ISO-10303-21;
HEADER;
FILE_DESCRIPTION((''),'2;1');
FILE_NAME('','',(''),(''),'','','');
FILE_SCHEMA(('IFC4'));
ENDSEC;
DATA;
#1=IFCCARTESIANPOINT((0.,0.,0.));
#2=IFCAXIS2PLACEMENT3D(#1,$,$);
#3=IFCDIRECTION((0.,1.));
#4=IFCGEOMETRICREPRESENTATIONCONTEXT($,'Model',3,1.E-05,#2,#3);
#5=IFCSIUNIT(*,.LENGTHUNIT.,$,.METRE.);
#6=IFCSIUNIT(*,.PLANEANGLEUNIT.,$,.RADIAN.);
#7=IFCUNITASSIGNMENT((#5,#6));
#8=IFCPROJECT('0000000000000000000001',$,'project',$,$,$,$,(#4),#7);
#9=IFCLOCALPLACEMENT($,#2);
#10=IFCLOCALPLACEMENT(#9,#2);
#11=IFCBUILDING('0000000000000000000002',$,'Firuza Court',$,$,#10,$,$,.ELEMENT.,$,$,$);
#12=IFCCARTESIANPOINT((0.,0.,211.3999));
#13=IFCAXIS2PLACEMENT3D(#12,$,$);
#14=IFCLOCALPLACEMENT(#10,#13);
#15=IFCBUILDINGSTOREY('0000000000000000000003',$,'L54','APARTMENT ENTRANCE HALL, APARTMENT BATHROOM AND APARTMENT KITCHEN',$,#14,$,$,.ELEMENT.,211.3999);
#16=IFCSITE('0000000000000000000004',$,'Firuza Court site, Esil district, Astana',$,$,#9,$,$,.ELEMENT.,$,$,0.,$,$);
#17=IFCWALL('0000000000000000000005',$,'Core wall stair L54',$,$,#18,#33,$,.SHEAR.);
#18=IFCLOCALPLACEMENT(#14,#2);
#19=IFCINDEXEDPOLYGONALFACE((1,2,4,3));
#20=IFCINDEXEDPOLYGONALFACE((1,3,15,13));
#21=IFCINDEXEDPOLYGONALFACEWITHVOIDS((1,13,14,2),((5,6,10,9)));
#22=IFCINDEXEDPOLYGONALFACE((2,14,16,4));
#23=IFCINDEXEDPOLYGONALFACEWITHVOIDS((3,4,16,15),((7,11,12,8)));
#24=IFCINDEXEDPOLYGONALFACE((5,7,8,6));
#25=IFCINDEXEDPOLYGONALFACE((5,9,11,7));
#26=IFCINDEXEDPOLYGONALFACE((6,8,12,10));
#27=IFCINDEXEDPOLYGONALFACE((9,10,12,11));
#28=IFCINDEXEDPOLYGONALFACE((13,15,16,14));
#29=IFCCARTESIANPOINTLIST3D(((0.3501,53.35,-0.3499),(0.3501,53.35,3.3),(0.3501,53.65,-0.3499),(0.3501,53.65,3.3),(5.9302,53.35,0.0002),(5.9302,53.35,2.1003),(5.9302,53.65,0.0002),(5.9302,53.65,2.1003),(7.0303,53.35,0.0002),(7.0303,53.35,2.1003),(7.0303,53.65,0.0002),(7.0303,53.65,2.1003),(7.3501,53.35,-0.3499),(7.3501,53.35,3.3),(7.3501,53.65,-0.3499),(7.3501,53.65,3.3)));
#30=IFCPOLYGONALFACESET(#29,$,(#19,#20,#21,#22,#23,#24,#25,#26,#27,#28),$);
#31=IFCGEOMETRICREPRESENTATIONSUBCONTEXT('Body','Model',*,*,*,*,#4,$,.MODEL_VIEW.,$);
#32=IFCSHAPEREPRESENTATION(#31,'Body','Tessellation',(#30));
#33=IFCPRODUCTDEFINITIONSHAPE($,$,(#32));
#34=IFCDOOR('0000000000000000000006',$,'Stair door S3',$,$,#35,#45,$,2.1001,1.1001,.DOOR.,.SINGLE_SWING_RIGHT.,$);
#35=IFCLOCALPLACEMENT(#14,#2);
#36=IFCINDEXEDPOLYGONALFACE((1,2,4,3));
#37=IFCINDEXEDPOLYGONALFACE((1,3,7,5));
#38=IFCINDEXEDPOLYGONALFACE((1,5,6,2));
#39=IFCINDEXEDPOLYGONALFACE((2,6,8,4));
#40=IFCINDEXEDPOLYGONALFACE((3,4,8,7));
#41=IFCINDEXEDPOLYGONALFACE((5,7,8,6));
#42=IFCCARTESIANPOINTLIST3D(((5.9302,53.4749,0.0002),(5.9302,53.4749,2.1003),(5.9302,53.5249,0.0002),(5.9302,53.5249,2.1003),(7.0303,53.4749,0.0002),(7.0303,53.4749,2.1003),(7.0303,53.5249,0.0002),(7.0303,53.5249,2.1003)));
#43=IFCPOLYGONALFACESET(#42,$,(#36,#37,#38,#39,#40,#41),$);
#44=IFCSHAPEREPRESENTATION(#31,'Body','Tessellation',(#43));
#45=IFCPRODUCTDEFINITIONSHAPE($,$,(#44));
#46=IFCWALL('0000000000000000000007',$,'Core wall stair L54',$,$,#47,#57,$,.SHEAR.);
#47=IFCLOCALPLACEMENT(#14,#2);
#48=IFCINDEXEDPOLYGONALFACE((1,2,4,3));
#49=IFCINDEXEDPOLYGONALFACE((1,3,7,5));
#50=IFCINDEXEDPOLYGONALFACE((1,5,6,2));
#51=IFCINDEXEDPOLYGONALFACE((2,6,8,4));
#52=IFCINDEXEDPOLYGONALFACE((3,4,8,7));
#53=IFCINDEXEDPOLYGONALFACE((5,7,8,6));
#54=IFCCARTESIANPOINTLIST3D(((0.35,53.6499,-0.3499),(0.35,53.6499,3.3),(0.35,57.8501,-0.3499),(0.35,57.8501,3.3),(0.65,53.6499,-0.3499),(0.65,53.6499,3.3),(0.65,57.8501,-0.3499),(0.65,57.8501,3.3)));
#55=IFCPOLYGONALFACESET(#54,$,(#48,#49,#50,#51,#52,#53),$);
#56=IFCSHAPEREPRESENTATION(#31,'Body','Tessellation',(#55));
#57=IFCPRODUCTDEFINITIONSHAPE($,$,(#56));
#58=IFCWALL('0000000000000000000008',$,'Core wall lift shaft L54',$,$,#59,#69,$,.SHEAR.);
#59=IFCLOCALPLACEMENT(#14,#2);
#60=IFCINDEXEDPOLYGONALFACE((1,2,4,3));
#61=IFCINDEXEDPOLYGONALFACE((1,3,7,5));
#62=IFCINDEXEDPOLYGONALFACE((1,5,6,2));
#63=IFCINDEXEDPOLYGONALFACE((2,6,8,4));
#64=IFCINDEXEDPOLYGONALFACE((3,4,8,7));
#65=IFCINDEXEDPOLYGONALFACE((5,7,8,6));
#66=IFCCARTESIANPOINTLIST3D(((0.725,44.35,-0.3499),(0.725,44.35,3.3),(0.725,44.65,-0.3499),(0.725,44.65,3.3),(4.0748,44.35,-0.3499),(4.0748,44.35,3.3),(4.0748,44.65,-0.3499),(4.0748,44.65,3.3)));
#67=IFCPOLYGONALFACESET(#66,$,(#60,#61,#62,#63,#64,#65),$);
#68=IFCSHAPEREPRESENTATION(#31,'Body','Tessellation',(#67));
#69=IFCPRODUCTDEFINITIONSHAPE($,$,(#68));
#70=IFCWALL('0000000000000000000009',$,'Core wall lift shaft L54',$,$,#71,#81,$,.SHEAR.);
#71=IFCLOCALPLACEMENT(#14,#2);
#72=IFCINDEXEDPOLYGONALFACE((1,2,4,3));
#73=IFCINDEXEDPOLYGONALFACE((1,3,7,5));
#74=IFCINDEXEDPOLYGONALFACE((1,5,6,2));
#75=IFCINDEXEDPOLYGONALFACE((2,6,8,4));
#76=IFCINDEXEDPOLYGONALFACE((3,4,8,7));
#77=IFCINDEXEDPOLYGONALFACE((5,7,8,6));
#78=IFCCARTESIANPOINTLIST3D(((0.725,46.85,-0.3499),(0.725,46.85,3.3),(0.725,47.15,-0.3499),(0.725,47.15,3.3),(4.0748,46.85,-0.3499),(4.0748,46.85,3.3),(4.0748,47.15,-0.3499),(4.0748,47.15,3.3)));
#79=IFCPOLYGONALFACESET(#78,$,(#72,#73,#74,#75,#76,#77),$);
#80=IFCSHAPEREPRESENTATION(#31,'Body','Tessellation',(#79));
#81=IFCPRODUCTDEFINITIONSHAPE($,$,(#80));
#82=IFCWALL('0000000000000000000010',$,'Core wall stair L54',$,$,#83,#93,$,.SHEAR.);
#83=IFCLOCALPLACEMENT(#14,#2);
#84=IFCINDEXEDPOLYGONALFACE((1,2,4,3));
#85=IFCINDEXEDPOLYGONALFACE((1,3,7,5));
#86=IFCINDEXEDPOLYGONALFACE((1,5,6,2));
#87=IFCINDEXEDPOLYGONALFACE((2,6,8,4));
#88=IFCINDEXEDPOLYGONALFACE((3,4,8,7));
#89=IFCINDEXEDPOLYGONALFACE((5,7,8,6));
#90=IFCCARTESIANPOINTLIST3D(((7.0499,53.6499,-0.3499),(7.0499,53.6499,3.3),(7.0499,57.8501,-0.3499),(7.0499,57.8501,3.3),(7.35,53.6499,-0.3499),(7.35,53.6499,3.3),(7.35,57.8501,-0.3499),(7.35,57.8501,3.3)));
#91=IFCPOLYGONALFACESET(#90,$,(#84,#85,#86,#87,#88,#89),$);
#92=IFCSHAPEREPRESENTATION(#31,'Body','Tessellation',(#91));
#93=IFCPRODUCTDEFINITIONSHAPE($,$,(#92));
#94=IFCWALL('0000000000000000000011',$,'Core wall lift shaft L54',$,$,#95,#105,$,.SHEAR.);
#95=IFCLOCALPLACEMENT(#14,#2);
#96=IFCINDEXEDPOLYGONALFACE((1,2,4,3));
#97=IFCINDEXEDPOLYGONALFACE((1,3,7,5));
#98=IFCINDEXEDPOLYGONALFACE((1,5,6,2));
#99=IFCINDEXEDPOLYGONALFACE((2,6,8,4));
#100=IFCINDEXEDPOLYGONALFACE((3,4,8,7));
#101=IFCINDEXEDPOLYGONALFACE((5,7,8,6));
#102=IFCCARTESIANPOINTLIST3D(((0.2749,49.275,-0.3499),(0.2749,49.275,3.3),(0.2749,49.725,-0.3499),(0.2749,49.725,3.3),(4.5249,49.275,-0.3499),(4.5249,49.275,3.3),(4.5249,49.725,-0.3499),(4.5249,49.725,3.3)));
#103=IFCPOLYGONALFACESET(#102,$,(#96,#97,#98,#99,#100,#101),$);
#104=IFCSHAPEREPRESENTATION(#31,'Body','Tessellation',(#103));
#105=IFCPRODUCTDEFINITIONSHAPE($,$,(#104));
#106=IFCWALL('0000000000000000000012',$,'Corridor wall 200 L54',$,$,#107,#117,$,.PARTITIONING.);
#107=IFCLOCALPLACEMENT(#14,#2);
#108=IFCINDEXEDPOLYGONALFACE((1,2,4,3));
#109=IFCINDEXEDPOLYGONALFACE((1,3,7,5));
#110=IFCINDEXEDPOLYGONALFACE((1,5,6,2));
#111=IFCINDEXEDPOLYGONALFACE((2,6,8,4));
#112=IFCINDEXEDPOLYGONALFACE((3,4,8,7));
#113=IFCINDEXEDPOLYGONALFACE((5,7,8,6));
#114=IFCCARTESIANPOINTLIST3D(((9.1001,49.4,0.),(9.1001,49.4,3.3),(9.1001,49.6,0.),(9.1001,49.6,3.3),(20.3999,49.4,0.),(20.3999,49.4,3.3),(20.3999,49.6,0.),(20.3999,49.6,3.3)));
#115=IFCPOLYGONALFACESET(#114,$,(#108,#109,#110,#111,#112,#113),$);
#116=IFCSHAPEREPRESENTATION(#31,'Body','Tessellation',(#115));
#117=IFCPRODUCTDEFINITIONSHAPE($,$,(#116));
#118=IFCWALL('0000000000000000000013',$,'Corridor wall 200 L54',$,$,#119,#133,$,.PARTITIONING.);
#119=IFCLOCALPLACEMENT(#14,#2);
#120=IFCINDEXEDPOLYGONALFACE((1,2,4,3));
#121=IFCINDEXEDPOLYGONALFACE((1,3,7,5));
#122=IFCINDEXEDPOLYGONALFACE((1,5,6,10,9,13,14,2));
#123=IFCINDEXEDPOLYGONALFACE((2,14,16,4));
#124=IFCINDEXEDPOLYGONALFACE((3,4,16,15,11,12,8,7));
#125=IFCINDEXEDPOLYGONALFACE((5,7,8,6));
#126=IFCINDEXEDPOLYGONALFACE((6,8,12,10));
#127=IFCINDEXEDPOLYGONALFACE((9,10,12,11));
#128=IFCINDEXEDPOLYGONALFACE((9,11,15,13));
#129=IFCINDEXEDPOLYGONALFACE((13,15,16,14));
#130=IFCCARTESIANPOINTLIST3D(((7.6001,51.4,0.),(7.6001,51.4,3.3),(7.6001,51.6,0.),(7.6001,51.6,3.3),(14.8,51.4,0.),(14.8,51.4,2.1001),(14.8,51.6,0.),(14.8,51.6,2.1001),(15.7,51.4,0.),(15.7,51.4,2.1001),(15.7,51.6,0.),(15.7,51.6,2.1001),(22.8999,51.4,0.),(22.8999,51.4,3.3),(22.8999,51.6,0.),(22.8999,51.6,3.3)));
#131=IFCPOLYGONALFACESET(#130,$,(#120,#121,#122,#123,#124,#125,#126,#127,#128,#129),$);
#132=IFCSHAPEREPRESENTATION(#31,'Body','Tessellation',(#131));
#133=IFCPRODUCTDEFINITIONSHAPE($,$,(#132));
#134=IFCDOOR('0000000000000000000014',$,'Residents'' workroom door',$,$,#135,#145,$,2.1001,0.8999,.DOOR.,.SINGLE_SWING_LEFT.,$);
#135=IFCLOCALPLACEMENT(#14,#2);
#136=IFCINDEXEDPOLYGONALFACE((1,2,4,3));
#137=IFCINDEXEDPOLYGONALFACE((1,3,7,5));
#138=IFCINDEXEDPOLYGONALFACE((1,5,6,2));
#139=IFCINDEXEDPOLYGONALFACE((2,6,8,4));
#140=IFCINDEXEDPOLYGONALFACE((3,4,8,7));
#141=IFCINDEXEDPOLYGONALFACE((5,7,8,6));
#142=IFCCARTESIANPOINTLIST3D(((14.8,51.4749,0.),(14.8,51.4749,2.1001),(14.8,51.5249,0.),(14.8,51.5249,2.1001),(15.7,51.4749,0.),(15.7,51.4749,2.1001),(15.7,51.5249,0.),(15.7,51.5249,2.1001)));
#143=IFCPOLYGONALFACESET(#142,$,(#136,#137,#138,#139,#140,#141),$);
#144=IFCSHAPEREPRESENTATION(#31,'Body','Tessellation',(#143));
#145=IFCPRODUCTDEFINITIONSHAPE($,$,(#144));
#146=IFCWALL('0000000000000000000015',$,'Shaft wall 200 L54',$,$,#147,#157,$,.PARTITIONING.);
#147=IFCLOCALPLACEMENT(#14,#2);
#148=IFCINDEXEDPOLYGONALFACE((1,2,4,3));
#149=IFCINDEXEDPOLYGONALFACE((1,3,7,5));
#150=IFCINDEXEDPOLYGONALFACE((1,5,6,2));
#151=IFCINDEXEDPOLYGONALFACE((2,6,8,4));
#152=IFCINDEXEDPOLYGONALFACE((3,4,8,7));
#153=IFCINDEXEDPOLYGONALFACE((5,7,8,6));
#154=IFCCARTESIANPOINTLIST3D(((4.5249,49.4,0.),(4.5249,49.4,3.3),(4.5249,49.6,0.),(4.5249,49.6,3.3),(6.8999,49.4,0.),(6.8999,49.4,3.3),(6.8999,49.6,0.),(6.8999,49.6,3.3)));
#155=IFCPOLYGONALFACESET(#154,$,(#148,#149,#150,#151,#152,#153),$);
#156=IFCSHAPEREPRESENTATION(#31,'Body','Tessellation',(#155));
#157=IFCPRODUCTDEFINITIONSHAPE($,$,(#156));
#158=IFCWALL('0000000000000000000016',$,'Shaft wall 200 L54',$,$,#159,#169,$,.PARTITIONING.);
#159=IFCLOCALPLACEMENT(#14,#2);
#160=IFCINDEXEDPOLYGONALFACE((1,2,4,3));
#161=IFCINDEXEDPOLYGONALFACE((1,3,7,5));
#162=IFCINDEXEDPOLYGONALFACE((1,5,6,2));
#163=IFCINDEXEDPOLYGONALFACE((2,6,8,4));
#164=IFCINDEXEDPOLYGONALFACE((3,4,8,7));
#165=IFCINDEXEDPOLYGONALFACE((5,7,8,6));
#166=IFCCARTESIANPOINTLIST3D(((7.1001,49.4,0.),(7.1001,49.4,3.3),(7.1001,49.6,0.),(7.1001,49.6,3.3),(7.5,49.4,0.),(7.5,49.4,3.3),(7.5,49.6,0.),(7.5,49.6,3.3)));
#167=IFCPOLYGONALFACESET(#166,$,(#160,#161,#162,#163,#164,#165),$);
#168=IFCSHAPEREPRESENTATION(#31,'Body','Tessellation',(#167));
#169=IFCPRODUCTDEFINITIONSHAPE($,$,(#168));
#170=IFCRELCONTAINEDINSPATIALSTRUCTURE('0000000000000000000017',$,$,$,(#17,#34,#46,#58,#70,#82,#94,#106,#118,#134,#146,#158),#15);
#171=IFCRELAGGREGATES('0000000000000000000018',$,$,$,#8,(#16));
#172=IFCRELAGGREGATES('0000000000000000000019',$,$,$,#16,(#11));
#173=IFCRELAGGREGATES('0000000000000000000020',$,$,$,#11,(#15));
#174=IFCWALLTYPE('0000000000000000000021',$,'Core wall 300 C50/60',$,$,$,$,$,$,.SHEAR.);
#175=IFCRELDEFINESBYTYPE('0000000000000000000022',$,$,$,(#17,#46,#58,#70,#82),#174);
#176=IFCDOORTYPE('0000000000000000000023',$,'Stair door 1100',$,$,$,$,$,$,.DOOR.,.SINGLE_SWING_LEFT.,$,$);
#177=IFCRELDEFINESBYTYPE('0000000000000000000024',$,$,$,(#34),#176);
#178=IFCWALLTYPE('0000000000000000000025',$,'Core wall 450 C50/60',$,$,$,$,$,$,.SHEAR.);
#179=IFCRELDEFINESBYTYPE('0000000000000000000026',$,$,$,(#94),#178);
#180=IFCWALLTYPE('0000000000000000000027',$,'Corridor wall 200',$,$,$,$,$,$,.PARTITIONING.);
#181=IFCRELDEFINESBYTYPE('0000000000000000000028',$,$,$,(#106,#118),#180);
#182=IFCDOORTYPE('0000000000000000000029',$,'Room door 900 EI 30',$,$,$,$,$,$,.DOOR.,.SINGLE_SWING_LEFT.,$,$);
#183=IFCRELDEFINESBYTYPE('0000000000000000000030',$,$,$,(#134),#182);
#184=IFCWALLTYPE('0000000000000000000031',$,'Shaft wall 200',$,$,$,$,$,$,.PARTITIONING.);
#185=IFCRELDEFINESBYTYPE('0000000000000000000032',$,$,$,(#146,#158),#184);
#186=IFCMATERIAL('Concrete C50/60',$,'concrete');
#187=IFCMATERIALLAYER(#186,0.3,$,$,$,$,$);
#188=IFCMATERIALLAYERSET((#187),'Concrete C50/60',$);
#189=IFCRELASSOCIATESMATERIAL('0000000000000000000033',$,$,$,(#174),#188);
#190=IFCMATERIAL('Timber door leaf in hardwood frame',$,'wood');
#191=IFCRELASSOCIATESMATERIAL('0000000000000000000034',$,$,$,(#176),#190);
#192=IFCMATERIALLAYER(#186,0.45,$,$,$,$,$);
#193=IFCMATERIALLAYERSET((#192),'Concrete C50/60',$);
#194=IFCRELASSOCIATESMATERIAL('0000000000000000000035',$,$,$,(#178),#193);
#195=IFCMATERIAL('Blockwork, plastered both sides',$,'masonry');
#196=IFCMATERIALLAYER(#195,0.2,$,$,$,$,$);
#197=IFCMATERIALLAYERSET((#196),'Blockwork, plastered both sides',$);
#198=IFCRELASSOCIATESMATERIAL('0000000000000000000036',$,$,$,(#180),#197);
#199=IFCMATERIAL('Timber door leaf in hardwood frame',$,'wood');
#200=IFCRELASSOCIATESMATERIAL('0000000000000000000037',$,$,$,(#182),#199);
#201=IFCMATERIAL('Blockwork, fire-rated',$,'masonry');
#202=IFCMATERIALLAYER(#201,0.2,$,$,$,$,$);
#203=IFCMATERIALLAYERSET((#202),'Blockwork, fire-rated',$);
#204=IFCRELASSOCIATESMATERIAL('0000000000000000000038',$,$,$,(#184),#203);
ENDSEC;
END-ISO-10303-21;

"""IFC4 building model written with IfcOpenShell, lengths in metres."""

from ifc_helpers import new_model, si_unit, direction, frame, frame_2d, origin, place, context, subcontext, project, spatial, rectangle, extrude, material, layer, layer_set, type_object, element, fill, save


model = new_model("IFC4")

# Units and contexts
model_context = context("Model", 3, precision=1e-05, world=origin(), true_north=direction((0.0, 1.0)))
body_context = subcontext(model_context, "Body", "Model", "MODEL_VIEW")
ifc_project = project(units=[si_unit("LENGTHUNIT", "METRE"), si_unit("PLANEANGLEUNIT", "RADIAN")], contexts=[model_context])

# Site, building, storey
site_placement = place(None, origin())
site = spatial("IfcSite", under=ifc_project, at=site_placement, Name="Firuza Court site, Esil district, Astana", CompositionType="ELEMENT", RefElevation=0.0)
building_placement = place(site_placement, origin())
building = spatial("IfcBuilding", under=site, at=building_placement, Name="Firuza Court", CompositionType="ELEMENT")
storey_placement = place(building_placement, frame((0.0, 0.0, 211.3999)))
storey = spatial("IfcBuildingStorey", under=building, at=storey_placement, Name="L54", Description="APARTMENT ENTRANCE HALL, APARTMENT BATHROOM AND APARTMENT KITCHEN", CompositionType="ELEMENT", Elevation=211.3999)

# Wall, opening, door
ifc_material_1 = material(Name="Concrete C50/60", Category="concrete")
ifc_layer_1 = layer(ifc_material_1, 0.3)
ifc_layer_set_1 = layer_set([ifc_layer_1], Name="Concrete C50/60")
wall_type_1 = type_object("IfcWallType", Name="Core wall 300 C50/60", PredefinedType="SHEAR", material=ifc_layer_set_1)
wall_1_placement = place(storey_placement, frame((0.3501, 53.5, -0.3499), z_axis=(0.0, 0.0, 1.0), x_axis=(1.0, 0.0, 0.0)))
wall_1 = element("IfcWall", 1, at=wall_1_placement, inside=storey, type_object=wall_type_1, Name="Core wall stair L54", PredefinedType="SHEAR", context=body_context, shape_type="SweptSolid", body=[
    extrude(rectangle(XDim=7.0, YDim=0.3, at=frame_2d((3.5, 0.0))), origin(), (0.0, 0.0, 1.0), 3.6499),
])
opening_1_placement = place(wall_1_placement, frame((5.5801, 0.0, 0.3501)))
opening_1 = element("IfcOpeningElement", 2, at=opening_1_placement, cuts=wall_1, PredefinedType="OPENING", context=body_context, shape_type="SweptSolid", body=[
    extrude(rectangle(XDim=1.1001, YDim=2.1001, at=frame_2d((0.55, 1.05))), frame((0.0, 0.1621, 0.0), z_axis=(0.0, -1.0, 0.0), x_axis=(1.0, 0.0, 0.0)), (0.0, 0.0, 1.0), 0.324),
])
ifc_material_2 = material(Name="Timber door leaf in hardwood frame", Category="wood")
door_type_1 = type_object("IfcDoorType", Name="Stair door 1100", OperationType="SINGLE_SWING_LEFT", PredefinedType="DOOR", material=ifc_material_2)
door_1_placement = place(opening_1_placement, origin())
door_1 = element("IfcDoor", 3, at=door_1_placement, inside=storey, type_object=door_type_1, Name="Stair door S3", OperationType="SINGLE_SWING_RIGHT", OverallHeight=2.1001, OverallWidth=1.1001, PredefinedType="DOOR", context=body_context, shape_type="SweptSolid", body=[
    extrude(rectangle(XDim=1.1001, YDim=2.1001, at=frame_2d((0.55, 1.05))), frame((0.0, 0.0249, 0.0), z_axis=(0.0, -1.0, 0.0), x_axis=(1.0, 0.0, 0.0)), (0.0, 0.0, 1.0), 0.05),
])
fill(opening_1, door_1)

# Walls
wall_2_placement = place(storey_placement, frame((0.5, 53.6499, -0.3499), z_axis=(0.0, 0.0, 1.0), x_axis=(0.0, 1.0, 0.0)))
element("IfcWall", 4, at=wall_2_placement, inside=storey, type_object=wall_type_1, Name="Core wall stair L54", PredefinedType="SHEAR", context=body_context, shape_type="SweptSolid", body=[
    extrude(rectangle(XDim=4.2002, YDim=0.3, at=frame_2d((2.1001, 0.0))), origin(), (0.0, 0.0, 1.0), 3.6499),
])
for number, where, z_axis, x_axis, name in (
    (5, (0.7251, 44.5, -0.3499), (0.0, 0.0, 1.0), (1.0, 0.0, 0.0), "Core wall lift shaft L54"),
    (6, (0.7251, 47.0, -0.3499), (0.0, 0.0, 1.0), (1.0, 0.0, 0.0), "Core wall lift shaft L54"),
):
    element("IfcWall", number, at=place(storey_placement, frame(where, z_axis=z_axis, x_axis=x_axis)), inside=storey, type_object=wall_type_1, Name=name, PredefinedType="SHEAR", context=body_context, shape_type="SweptSolid", body=[
        extrude(rectangle(XDim=3.3499, YDim=0.3, at=frame_2d((1.6748, 0.0))), origin(), (0.0, 0.0, 1.0), 3.6499),
    ])
wall_3_placement = place(storey_placement, frame((7.2, 53.6499, -0.3499), z_axis=(0.0, 0.0, 1.0), x_axis=(0.0, 1.0, 0.0)))
element("IfcWall", 7, at=wall_3_placement, inside=storey, type_object=wall_type_1, Name="Core wall stair L54", PredefinedType="SHEAR", context=body_context, shape_type="SweptSolid", body=[
    extrude(rectangle(XDim=4.2002, YDim=0.3, at=frame_2d((2.1001, 0.0))), origin(), (0.0, 0.0, 1.0), 3.6499),
])
ifc_layer_2 = layer(ifc_material_1, 0.45)
ifc_layer_set_2 = layer_set([ifc_layer_2], Name="Concrete C50/60")
wall_type_2 = type_object("IfcWallType", Name="Core wall 450 C50/60", PredefinedType="SHEAR", material=ifc_layer_set_2)
wall_4_placement = place(storey_placement, frame((0.2749, 49.5, -0.3499), z_axis=(0.0, 0.0, 1.0), x_axis=(1.0, 0.0, 0.0)))
element("IfcWall", 8, at=wall_4_placement, inside=storey, type_object=wall_type_2, Name="Core wall lift shaft L54", PredefinedType="SHEAR", context=body_context, shape_type="SweptSolid", body=[
    extrude(rectangle(XDim=4.25, YDim=0.45, at=frame_2d((2.125, 0.0))), origin(), (0.0, 0.0, 1.0), 3.6499),
])
ifc_material_3 = material(Name="Blockwork, plastered both sides", Category="masonry")
ifc_layer_3 = layer(ifc_material_3, 0.2)
ifc_layer_set_3 = layer_set([ifc_layer_3], Name="Blockwork, plastered both sides")
wall_type_3 = type_object("IfcWallType", Name="Corridor wall 200", PredefinedType="PARTITIONING", material=ifc_layer_set_3)
wall_5_placement = place(storey_placement, frame((9.1001, 49.5, 0.0), z_axis=(0.0, 0.0, 1.0), x_axis=(1.0, 0.0, 0.0)))
element("IfcWall", 9, at=wall_5_placement, inside=storey, type_object=wall_type_3, Name="Corridor wall 200 L54", PredefinedType="PARTITIONING", context=body_context, shape_type="SweptSolid", body=[
    extrude(rectangle(XDim=11.2998, YDim=0.2, at=frame_2d((5.6499, 0.0))), origin(), (0.0, 0.0, 1.0), 3.3),
])

# Wall, opening, door
wall_6_placement = place(storey_placement, frame((7.6001, 51.5, 0.0), z_axis=(0.0, 0.0, 1.0), x_axis=(1.0, 0.0, 0.0)))
wall_6 = element("IfcWall", 10, at=wall_6_placement, inside=storey, type_object=wall_type_3, Name="Corridor wall 200 L54", PredefinedType="PARTITIONING", context=body_context, shape_type="SweptSolid", body=[
    extrude(rectangle(XDim=15.2998, YDim=0.2, at=frame_2d((7.6499, 0.0))), origin(), (0.0, 0.0, 1.0), 3.3),
])
opening_2_placement = place(wall_6_placement, frame((7.2, 0.0, 0.0)))
opening_2 = element("IfcOpeningElement", 11, at=opening_2_placement, cuts=wall_6, PredefinedType="OPENING", context=body_context, shape_type="SweptSolid", body=[
    extrude(rectangle(XDim=0.8999, YDim=2.1001, at=frame_2d((0.45, 1.05))), frame((0.0, 0.1118, 0.0), z_axis=(0.0, -1.0, 0.0), x_axis=(1.0, 0.0, 0.0)), (0.0, 0.0, 1.0), 0.2239),
])
ifc_material_4 = material(Name="Timber door leaf in hardwood frame", Category="wood")
door_type_2 = type_object("IfcDoorType", Name="Room door 900 EI 30", OperationType="SINGLE_SWING_LEFT", PredefinedType="DOOR", material=ifc_material_4)
door_2_placement = place(opening_2_placement, origin())
door_2 = element("IfcDoor", 12, at=door_2_placement, inside=storey, type_object=door_type_2, Name="Residents' workroom door", OperationType="SINGLE_SWING_LEFT", OverallHeight=2.1001, OverallWidth=0.8999, PredefinedType="DOOR", context=body_context, shape_type="SweptSolid", body=[
    extrude(rectangle(XDim=0.8999, YDim=2.1001, at=frame_2d((0.45, 1.05))), frame((0.0, 0.0249, 0.0), z_axis=(0.0, -1.0, 0.0), x_axis=(1.0, 0.0, 0.0)), (0.0, 0.0, 1.0), 0.05),
])
fill(opening_2, door_2)

# Walls
ifc_material_5 = material(Name="Blockwork, fire-rated", Category="masonry")
ifc_layer_4 = layer(ifc_material_5, 0.2)
ifc_layer_set_4 = layer_set([ifc_layer_4], Name="Blockwork, fire-rated")
wall_type_4 = type_object("IfcWallType", Name="Shaft wall 200", PredefinedType="PARTITIONING", material=ifc_layer_set_4)
wall_7_placement = place(storey_placement, frame((4.5249, 49.5, 0.0), z_axis=(0.0, 0.0, 1.0), x_axis=(1.0, 0.0, 0.0)))
element("IfcWall", 13, at=wall_7_placement, inside=storey, type_object=wall_type_4, Name="Shaft wall 200 L54", PredefinedType="PARTITIONING", context=body_context, shape_type="SweptSolid", body=[
    extrude(rectangle(XDim=2.375, YDim=0.2, at=frame_2d((1.1875, 0.0))), origin(), (0.0, 0.0, 1.0), 3.3),
])
wall_8_placement = place(storey_placement, frame((7.1001, 49.5, 0.0), z_axis=(0.0, 0.0, 1.0), x_axis=(1.0, 0.0, 0.0)))
element("IfcWall", 14, at=wall_8_placement, inside=storey, type_object=wall_type_4, Name="Shaft wall 200 L54", PredefinedType="PARTITIONING", context=body_context, shape_type="SweptSolid", body=[
    extrude(rectangle(XDim=0.3999, YDim=0.2, at=frame_2d((0.2, 0.0))), origin(), (0.0, 0.0, 1.0), 3.3),
])

save(model, "model.ifc")
